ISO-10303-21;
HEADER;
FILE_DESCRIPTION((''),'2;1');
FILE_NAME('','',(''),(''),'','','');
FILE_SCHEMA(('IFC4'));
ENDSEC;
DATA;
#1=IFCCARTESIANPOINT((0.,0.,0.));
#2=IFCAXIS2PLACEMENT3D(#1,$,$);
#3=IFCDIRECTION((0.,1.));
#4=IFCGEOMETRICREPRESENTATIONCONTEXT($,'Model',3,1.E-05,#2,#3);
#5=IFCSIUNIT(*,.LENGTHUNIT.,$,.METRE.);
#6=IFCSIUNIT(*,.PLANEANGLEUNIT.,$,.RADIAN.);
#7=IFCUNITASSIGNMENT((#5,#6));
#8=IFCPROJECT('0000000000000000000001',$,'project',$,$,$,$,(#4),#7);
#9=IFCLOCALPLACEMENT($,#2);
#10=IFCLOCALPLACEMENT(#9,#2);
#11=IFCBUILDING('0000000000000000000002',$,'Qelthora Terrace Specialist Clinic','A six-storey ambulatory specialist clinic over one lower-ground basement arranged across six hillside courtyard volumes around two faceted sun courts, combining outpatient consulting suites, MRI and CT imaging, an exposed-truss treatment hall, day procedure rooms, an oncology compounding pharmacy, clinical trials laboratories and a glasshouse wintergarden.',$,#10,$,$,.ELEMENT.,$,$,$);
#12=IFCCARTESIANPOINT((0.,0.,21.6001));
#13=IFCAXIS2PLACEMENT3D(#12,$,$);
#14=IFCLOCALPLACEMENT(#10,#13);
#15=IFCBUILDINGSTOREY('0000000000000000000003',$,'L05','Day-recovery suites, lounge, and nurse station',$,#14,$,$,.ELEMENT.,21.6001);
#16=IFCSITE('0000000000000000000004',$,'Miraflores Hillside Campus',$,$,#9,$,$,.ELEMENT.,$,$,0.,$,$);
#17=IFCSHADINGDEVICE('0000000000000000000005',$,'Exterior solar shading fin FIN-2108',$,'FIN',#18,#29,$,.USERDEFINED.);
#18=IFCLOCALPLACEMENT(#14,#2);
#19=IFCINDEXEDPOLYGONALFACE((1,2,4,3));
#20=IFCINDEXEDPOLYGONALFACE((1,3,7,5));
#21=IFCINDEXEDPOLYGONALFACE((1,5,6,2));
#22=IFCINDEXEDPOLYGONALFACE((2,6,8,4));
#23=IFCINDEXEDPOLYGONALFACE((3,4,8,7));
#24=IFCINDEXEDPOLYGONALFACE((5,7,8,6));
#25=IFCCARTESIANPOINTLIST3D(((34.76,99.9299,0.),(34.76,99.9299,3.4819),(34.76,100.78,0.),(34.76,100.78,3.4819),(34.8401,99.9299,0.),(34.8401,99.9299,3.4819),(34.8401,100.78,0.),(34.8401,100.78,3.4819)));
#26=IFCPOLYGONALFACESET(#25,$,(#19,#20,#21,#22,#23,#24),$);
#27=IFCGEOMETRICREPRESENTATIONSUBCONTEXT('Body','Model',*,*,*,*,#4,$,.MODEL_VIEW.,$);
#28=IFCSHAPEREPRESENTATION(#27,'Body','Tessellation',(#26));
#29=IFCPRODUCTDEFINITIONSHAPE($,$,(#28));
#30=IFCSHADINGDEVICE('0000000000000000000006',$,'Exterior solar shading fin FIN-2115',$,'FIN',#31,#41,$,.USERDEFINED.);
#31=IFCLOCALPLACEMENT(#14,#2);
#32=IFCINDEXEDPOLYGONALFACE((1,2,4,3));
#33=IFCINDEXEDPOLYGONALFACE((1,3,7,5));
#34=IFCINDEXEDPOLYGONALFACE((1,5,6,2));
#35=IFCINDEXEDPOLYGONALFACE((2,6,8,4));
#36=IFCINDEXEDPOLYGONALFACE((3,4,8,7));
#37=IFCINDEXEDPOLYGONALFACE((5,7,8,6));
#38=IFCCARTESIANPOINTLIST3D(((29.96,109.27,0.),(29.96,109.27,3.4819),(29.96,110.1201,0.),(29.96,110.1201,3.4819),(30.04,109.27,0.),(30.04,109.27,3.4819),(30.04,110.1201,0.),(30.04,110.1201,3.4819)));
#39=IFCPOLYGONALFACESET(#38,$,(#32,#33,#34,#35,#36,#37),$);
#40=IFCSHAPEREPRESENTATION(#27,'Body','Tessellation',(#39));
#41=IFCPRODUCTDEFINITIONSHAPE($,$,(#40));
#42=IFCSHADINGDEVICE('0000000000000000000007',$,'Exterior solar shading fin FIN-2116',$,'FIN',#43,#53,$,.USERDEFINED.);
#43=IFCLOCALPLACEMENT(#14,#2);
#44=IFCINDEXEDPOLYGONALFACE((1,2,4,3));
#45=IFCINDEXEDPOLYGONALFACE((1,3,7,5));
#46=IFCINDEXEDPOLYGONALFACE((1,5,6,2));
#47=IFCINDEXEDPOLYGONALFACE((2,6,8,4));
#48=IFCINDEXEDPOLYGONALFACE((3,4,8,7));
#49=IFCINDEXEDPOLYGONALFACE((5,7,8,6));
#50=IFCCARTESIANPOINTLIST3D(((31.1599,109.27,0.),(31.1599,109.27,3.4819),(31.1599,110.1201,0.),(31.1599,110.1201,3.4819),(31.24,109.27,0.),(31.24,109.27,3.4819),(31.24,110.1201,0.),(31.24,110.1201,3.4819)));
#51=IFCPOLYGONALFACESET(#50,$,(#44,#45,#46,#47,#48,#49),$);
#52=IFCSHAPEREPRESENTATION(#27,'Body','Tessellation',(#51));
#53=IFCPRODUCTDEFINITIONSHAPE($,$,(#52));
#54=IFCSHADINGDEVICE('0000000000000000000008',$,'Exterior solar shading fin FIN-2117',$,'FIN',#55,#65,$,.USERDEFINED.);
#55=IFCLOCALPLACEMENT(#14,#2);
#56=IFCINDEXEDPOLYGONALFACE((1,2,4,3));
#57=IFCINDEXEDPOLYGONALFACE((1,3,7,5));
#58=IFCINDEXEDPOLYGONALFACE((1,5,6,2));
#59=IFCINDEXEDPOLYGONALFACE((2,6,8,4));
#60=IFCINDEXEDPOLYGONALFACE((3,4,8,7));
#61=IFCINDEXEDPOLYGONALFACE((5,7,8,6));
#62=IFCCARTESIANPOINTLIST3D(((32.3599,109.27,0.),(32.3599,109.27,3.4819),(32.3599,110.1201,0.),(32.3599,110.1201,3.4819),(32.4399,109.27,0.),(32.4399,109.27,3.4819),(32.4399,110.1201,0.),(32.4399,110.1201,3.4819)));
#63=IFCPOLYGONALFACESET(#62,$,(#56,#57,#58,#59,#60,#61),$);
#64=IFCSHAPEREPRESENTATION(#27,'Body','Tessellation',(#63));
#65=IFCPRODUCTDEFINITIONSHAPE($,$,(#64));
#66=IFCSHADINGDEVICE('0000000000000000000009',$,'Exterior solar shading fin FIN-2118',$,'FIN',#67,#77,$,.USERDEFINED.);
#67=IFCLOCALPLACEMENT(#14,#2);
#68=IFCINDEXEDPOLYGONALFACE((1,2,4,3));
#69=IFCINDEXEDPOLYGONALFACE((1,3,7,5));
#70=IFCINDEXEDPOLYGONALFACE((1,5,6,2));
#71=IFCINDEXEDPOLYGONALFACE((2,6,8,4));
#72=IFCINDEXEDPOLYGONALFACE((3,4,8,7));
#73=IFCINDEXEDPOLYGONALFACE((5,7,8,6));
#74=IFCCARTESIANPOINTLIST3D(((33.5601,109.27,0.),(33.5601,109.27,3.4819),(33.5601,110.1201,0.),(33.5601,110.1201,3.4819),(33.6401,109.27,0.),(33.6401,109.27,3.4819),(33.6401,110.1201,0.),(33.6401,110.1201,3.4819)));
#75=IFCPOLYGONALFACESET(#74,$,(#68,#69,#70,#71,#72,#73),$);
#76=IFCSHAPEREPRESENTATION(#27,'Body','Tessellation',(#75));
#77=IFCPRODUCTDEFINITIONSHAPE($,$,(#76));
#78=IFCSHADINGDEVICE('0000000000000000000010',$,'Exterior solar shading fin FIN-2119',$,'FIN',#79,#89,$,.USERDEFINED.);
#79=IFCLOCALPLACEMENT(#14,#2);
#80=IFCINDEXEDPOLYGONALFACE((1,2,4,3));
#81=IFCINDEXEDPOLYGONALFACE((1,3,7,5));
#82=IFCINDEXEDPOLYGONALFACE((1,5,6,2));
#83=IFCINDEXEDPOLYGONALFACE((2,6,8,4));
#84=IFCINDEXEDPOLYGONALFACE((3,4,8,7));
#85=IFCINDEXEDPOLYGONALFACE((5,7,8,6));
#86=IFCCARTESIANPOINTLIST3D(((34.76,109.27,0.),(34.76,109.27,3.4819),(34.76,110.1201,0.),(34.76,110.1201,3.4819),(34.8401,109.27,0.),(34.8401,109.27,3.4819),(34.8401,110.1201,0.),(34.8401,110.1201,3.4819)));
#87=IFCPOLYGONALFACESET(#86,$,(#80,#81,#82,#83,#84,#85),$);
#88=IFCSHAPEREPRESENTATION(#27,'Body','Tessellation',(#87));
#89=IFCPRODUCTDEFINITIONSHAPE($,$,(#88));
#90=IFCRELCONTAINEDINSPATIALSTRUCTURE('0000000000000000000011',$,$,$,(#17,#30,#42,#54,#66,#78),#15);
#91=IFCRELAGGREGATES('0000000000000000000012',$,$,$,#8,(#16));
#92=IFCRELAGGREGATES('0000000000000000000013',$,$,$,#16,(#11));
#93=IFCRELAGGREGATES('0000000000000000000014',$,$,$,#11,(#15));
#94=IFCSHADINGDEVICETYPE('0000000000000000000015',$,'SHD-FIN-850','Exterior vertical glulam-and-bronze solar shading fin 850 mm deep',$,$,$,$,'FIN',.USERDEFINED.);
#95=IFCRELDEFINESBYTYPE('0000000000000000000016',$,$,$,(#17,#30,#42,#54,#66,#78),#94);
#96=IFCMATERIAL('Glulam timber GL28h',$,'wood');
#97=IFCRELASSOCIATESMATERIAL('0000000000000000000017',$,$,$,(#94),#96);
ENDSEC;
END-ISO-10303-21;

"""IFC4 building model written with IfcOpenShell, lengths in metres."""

from ifc_helpers import new_model, si_unit, direction, frame, origin, origin_2d, place, context, subcontext, project, spatial, rectangle, extrude, material, type_object, element, save


model = new_model("IFC4")

# Units and contexts
model_context = context("Model", 3, precision=1e-05, world=origin(), true_north=direction((0.0, 1.0)))
body_context = subcontext(model_context, "Body", "Model", "MODEL_VIEW")
ifc_project = project(units=[si_unit("LENGTHUNIT", "METRE"), si_unit("PLANEANGLEUNIT", "RADIAN")], contexts=[model_context])

# Site, building, storey
site_placement = place(None, origin())
site = spatial("IfcSite", under=ifc_project, at=site_placement, Name="Miraflores Hillside Campus", CompositionType="ELEMENT", RefElevation=0.0)
building_placement = place(site_placement, origin())
building = spatial("IfcBuilding", under=site, at=building_placement, Name="Qelthora Terrace Specialist Clinic", Description="A six-storey ambulatory specialist clinic over one lower-ground basement arranged across six hillside courtyard volumes around two faceted sun courts, combining outpatient consulting suites, MRI and CT imaging, an exposed-truss treatment hall, day procedure rooms, an oncology compounding pharmacy, clinical trials laboratories and a glasshouse wintergarden.", CompositionType="ELEMENT")
storey_placement = place(building_placement, frame((0.0, 0.0, 21.6001)))
storey = spatial("IfcBuildingStorey", under=building, at=storey_placement, Name="L05", Description="Day-recovery suites, lounge, and nurse station", CompositionType="ELEMENT", Elevation=21.6001)

# Shading devices
ifc_material_1 = material(Name="Glulam timber GL28h", Category="wood")
shading_device_type = type_object("IfcShadingDeviceType", Name="SHD-FIN-850", Description="Exterior vertical glulam-and-bronze solar shading fin 850 mm deep", ElementType="FIN", PredefinedType="USERDEFINED", material=ifc_material_1)
for number, where, z_axis, x_axis, name in (
    (1, (34.8, 100.355, 0.0), (0.0, 0.0, 1.0), (0.0, -1.0, 0.0), "Exterior solar shading fin FIN-2108"),
    (2, (30.0, 109.6951, 0.0), (0.0, 0.0, 1.0), (0.0, 1.0, 0.0), "Exterior solar shading fin FIN-2115"),
    (3, (31.2, 109.6951, 0.0), (0.0, 0.0, 1.0), (0.0, 1.0, 0.0), "Exterior solar shading fin FIN-2116"),
    (4, (32.3999, 109.6951, 0.0), (0.0, 0.0, 1.0), (0.0, 1.0, 0.0), "Exterior solar shading fin FIN-2117"),
    (5, (33.6001, 109.6951, 0.0), (0.0, 0.0, 1.0), (0.0, 1.0, 0.0), "Exterior solar shading fin FIN-2118"),
    (6, (34.8, 109.6951, 0.0), (0.0, 0.0, 1.0), (0.0, 1.0, 0.0), "Exterior solar shading fin FIN-2119"),
):
    element("IfcShadingDevice", number, at=place(storey_placement, frame(where, z_axis=z_axis, x_axis=x_axis)), inside=storey, type_object=shading_device_type, Name=name, ObjectType="FIN", PredefinedType="USERDEFINED", context=body_context, shape_type="SweptSolid", body=[
        extrude(rectangle(XDim=0.8501, YDim=0.0801, at=origin_2d()), origin(), (0.0, 0.0, 1.0), 3.4819),
    ])

save(model, "model.ifc")
